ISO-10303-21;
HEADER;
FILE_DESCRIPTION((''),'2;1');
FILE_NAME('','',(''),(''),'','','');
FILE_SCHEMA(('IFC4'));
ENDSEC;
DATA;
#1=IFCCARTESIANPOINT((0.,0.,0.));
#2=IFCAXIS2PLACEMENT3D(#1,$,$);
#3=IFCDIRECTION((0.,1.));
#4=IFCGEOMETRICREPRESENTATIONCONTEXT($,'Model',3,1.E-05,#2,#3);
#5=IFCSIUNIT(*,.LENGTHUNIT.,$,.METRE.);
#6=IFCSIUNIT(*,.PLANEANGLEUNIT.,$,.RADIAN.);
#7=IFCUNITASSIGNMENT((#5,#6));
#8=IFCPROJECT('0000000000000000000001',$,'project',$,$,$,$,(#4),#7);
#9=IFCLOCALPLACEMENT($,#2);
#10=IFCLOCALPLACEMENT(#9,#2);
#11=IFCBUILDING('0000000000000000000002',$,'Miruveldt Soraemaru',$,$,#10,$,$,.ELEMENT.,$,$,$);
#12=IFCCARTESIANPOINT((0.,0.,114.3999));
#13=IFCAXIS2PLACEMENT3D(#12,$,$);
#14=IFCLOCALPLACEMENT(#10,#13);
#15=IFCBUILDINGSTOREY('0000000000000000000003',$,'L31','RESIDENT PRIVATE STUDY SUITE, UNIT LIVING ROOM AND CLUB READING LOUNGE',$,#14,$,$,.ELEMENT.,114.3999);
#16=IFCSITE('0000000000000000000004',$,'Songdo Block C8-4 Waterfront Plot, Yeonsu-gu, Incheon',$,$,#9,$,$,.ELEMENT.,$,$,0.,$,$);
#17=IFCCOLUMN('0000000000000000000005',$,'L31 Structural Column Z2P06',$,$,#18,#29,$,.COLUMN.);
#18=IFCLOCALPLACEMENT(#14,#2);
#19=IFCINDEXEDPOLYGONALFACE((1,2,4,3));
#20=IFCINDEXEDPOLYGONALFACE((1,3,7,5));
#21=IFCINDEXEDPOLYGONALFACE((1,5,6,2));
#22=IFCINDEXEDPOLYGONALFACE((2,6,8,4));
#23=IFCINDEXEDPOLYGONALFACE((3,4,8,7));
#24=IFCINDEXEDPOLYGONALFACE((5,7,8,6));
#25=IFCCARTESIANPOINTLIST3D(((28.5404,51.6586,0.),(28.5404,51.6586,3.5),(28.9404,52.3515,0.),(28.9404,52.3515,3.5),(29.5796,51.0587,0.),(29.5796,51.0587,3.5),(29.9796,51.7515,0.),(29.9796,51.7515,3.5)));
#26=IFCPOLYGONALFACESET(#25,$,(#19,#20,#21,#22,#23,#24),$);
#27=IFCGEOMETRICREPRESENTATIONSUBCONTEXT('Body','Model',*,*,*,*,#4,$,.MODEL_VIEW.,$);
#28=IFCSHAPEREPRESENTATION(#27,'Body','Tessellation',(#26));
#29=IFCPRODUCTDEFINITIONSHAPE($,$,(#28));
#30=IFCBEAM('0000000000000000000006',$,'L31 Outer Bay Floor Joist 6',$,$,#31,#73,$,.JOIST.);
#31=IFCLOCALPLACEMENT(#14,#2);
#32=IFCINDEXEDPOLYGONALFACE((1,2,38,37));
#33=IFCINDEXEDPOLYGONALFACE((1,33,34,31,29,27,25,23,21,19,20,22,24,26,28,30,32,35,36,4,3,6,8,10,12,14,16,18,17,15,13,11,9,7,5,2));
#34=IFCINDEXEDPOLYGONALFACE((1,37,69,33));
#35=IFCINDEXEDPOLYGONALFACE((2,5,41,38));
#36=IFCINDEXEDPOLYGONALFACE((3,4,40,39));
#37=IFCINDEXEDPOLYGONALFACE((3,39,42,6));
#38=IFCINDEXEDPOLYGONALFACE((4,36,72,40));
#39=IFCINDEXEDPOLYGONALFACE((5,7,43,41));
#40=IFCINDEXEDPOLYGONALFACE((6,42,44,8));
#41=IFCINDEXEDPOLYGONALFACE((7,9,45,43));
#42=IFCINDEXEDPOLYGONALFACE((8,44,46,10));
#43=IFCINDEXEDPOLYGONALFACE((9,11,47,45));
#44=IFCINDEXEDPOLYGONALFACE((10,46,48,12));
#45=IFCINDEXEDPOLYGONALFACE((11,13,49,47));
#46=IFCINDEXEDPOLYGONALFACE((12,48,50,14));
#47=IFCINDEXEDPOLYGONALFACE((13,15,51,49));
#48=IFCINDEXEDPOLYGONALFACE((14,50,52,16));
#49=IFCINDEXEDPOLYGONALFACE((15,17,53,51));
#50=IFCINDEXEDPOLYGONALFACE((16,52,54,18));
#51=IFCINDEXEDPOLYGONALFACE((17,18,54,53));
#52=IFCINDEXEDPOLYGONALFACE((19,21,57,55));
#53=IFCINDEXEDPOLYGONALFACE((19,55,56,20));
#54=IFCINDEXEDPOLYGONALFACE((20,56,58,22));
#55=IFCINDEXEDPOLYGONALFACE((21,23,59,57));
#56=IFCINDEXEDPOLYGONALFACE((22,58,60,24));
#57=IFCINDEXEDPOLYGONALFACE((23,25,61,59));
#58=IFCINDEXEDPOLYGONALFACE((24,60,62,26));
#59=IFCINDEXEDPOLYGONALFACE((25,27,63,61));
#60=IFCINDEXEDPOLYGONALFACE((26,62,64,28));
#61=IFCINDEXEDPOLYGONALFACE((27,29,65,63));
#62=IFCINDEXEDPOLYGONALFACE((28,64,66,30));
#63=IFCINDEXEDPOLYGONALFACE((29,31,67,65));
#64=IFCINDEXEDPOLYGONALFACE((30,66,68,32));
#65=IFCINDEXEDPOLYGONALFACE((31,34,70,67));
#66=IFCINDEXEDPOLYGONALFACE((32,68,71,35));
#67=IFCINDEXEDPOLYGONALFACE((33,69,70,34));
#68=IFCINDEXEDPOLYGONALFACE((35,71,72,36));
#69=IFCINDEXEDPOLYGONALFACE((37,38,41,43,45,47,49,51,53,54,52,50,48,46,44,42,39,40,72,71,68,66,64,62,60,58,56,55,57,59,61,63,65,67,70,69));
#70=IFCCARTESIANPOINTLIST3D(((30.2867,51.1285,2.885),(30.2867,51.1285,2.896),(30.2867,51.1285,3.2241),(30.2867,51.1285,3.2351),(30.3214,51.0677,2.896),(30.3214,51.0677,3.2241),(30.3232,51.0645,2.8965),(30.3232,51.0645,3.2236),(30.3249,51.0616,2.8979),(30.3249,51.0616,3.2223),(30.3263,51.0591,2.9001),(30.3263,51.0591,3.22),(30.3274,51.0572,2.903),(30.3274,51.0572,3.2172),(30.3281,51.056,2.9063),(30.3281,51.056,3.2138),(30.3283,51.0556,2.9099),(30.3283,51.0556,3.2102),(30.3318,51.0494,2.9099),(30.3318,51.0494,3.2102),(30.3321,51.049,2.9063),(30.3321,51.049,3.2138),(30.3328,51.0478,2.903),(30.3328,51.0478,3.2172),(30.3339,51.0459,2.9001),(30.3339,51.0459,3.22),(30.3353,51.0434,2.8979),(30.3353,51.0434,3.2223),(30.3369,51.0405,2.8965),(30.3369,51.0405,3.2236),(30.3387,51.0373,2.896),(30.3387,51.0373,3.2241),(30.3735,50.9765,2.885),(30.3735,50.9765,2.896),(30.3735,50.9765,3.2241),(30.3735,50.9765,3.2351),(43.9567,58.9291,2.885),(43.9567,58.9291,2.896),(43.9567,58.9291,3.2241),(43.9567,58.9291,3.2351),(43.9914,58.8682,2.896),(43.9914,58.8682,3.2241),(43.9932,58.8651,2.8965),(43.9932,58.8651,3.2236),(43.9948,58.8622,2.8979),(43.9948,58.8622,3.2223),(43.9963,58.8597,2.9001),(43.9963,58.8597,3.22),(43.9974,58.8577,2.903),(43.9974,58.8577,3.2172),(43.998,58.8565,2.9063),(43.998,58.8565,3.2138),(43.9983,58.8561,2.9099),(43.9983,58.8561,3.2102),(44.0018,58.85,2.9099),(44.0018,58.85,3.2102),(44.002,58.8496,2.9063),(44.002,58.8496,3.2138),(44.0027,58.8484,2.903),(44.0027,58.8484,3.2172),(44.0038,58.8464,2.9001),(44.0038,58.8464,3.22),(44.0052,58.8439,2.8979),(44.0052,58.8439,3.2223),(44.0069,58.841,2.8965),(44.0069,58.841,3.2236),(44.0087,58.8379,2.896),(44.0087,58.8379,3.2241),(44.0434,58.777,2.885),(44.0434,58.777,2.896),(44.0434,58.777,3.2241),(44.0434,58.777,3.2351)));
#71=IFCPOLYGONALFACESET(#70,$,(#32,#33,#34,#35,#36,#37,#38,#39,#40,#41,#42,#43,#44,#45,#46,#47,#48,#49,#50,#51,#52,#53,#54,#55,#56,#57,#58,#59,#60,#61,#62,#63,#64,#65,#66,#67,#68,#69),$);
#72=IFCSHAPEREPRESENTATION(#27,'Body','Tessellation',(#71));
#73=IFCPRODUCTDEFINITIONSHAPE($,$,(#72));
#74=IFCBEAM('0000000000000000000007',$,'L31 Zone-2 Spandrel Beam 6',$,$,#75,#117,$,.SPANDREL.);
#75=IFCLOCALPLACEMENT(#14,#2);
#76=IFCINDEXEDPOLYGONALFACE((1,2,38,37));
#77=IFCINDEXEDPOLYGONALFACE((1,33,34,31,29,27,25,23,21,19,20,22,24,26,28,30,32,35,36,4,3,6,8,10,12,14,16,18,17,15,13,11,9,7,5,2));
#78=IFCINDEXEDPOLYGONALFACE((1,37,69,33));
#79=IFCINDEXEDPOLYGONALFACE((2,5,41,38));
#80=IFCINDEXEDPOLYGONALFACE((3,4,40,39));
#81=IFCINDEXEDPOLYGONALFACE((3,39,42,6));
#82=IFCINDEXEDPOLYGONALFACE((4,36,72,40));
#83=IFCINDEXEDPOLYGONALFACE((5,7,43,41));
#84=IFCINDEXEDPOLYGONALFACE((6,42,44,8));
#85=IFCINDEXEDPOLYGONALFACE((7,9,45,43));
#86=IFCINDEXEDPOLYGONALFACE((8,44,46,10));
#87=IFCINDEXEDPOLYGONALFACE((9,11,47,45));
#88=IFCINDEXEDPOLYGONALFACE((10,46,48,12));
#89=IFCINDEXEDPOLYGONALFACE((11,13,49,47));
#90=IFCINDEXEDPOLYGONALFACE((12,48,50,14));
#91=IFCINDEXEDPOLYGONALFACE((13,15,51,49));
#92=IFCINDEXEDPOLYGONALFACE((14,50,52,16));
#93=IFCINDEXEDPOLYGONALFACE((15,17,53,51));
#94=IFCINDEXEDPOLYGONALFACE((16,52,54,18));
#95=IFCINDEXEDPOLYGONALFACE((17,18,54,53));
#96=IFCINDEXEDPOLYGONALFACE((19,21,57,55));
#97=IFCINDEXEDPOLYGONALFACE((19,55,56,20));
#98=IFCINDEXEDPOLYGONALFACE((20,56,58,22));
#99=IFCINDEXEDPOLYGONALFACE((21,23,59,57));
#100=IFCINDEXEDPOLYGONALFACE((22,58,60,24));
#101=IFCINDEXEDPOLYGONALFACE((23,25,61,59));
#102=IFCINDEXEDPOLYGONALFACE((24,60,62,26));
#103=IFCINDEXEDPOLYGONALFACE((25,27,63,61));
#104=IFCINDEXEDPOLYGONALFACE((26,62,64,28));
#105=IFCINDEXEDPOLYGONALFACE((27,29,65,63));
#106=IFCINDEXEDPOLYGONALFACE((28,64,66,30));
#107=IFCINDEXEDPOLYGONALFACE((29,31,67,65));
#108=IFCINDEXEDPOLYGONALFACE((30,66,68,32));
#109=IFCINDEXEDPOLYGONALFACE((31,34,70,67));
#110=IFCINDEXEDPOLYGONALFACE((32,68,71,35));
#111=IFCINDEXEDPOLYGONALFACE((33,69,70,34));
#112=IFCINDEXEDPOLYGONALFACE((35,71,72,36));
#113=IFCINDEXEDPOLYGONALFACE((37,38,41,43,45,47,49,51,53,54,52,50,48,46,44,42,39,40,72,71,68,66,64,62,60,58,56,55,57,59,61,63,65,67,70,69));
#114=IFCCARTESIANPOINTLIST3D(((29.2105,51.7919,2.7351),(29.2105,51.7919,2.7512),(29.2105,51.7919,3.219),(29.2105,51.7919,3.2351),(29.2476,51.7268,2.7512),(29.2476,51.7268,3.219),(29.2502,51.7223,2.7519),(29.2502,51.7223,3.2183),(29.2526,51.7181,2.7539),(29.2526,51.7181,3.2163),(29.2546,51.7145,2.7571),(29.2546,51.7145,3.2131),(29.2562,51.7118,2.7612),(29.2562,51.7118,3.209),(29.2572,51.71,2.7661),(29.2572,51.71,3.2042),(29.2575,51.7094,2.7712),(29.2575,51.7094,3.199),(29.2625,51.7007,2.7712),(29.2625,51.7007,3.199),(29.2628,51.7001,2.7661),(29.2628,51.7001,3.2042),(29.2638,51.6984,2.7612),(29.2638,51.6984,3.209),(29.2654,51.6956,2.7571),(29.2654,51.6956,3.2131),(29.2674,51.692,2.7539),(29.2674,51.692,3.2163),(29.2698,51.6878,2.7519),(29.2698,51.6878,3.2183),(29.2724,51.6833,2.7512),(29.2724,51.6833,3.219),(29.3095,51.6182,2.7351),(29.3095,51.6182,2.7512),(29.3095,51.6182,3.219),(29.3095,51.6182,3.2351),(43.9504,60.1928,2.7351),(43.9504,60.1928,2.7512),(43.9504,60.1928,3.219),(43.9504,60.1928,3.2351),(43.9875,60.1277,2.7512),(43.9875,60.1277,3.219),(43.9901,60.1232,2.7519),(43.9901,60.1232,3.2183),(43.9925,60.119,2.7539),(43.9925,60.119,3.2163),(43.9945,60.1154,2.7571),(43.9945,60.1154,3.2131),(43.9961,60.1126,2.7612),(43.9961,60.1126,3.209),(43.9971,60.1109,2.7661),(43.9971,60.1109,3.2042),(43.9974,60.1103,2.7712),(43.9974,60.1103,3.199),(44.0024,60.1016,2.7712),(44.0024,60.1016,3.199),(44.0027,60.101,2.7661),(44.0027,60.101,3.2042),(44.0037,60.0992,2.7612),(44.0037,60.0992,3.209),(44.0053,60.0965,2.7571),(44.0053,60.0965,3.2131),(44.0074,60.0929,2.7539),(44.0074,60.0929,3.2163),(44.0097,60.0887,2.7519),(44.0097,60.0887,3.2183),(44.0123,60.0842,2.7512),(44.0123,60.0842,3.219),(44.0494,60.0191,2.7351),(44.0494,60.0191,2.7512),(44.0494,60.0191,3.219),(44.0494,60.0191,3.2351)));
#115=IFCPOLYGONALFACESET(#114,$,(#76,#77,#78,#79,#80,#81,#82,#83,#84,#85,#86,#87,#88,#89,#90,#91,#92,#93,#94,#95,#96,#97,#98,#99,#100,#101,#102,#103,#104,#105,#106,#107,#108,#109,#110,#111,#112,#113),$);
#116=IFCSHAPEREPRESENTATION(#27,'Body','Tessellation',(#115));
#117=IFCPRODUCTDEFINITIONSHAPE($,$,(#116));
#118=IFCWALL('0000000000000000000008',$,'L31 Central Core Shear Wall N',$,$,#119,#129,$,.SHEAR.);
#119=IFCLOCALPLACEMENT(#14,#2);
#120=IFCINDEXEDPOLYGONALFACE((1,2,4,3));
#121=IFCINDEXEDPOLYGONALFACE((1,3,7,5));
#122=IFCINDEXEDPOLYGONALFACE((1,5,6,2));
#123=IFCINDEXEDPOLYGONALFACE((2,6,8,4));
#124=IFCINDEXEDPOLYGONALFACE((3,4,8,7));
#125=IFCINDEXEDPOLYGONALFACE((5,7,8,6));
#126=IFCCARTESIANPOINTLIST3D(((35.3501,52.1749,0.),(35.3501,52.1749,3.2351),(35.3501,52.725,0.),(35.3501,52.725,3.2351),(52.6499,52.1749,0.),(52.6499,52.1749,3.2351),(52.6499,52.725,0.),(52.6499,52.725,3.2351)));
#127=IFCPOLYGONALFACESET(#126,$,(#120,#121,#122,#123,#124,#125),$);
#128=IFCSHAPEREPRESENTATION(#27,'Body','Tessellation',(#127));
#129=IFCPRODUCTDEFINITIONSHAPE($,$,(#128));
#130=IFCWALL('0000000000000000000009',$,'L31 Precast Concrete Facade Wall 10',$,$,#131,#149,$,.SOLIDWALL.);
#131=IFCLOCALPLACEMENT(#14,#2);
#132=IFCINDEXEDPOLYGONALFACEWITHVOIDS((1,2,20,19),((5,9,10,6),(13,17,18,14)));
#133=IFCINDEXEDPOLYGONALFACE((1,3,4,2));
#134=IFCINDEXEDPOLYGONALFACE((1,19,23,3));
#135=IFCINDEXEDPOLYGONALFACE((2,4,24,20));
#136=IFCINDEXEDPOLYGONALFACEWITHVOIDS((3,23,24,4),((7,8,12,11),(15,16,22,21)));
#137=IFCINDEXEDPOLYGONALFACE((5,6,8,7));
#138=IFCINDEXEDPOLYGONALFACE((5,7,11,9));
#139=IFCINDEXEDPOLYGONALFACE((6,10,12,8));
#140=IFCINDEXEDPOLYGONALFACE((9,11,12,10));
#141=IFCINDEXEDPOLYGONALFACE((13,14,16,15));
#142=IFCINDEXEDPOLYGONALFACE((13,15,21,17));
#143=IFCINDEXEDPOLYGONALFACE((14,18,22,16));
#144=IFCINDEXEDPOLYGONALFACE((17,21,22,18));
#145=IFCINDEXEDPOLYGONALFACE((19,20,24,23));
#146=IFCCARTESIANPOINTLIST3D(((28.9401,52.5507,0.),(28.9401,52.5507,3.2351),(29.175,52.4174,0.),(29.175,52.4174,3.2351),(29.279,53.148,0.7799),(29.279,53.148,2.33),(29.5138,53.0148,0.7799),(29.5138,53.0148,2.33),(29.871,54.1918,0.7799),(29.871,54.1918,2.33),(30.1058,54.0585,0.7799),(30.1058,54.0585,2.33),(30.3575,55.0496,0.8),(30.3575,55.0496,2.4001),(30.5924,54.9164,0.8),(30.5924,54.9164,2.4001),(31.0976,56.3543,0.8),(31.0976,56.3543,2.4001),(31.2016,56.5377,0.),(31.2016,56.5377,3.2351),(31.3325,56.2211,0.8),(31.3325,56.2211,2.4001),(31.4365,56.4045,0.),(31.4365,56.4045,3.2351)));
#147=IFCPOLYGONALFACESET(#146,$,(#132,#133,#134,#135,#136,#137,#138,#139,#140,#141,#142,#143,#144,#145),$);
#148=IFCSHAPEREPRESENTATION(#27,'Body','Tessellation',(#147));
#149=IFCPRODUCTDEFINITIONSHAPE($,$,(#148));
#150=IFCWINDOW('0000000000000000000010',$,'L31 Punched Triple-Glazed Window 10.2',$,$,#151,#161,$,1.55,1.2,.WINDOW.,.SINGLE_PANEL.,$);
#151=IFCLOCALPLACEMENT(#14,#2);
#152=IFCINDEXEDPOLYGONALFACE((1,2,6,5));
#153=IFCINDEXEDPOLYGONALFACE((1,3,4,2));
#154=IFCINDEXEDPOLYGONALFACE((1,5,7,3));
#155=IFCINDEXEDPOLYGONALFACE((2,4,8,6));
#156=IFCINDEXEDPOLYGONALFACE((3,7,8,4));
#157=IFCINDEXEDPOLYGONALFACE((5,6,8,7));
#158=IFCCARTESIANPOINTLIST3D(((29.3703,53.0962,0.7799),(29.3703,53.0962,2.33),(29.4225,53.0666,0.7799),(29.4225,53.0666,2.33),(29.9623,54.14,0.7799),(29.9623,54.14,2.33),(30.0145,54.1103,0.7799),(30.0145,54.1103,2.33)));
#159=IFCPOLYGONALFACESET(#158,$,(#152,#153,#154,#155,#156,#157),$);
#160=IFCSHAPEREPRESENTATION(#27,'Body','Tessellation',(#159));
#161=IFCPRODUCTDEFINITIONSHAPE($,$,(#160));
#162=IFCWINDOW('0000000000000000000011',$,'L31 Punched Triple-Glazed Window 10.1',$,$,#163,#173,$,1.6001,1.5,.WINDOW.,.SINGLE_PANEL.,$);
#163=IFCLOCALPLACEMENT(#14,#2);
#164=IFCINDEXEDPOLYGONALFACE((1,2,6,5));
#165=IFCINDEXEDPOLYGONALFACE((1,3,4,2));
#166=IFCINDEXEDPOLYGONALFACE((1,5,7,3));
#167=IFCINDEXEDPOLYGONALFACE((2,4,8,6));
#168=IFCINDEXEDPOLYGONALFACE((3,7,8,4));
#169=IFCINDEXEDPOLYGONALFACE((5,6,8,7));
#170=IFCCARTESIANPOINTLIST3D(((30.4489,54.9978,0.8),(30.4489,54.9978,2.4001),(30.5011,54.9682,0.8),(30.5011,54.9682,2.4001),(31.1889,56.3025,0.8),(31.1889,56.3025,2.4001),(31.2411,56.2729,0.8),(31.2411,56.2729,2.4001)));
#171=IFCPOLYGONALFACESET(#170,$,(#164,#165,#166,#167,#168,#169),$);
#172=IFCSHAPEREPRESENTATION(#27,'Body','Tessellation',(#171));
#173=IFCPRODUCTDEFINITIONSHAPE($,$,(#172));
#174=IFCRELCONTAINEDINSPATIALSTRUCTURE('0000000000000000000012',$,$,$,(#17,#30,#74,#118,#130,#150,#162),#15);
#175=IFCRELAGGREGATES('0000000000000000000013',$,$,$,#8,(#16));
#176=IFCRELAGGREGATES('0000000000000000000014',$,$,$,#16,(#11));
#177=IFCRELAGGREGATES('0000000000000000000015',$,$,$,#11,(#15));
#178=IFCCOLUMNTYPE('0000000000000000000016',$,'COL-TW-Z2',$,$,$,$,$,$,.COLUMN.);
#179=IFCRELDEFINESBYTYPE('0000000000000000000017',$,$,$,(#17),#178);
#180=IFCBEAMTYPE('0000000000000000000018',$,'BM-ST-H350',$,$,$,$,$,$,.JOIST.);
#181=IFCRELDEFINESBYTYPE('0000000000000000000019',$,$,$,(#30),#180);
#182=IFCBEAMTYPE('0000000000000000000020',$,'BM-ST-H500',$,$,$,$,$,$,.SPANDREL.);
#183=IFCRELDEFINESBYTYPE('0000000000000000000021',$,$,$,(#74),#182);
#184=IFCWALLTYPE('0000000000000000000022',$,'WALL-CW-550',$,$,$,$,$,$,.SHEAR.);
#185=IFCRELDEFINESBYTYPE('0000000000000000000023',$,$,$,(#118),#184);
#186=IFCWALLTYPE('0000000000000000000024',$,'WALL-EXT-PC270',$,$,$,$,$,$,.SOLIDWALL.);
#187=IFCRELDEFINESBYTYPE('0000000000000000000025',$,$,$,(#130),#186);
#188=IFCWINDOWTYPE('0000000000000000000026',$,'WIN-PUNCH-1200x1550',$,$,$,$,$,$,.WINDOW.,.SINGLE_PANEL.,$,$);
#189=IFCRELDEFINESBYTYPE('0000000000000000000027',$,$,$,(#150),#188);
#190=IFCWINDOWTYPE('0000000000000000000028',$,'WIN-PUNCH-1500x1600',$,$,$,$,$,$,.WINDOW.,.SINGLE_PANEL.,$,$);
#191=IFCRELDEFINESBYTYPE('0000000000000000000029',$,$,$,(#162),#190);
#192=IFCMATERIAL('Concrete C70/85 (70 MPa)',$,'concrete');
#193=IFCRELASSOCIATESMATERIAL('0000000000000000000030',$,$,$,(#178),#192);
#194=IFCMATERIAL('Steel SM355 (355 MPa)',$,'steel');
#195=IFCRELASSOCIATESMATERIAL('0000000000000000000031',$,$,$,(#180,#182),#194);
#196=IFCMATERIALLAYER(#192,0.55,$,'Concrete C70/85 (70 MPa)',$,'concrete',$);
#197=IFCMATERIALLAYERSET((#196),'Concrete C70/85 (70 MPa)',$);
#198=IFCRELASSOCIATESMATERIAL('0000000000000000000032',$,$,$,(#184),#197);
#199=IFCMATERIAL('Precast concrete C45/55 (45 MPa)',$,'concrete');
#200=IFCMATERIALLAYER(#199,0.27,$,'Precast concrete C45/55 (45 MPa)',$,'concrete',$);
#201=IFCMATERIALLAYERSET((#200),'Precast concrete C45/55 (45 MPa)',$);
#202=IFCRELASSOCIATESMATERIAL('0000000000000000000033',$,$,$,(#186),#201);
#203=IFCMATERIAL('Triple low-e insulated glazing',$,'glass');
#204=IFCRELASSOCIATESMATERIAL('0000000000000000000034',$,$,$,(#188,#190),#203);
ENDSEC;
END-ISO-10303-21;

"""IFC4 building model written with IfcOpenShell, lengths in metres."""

from ifc_helpers import new_model, si_unit, direction, frame, frame_2d, origin, origin_2d, place, context, subcontext, project, spatial, rectangle, i_section, extrude, material, layer, layer_set, material_profile, profile_set, type_object, element, fill, save


model = new_model("IFC4")

# Units and contexts
model_context = context("Model", 3, precision=1e-05, world=origin(), true_north=direction((0.0, 1.0)))
body_context = subcontext(model_context, "Body", "Model", "MODEL_VIEW")
ifc_project = project(units=[si_unit("LENGTHUNIT", "METRE"), si_unit("PLANEANGLEUNIT", "RADIAN")], contexts=[model_context])

# Site, building, storey
site_placement = place(None, origin())
site = spatial("IfcSite", under=ifc_project, at=site_placement, Name="Songdo Block C8-4 Waterfront Plot, Yeonsu-gu, Incheon", CompositionType="ELEMENT", RefElevation=0.0)
building_placement = place(site_placement, origin())
building = spatial("IfcBuilding", under=site, at=building_placement, Name="Miruveldt Soraemaru", CompositionType="ELEMENT")
storey_placement = place(building_placement, frame((0.0, 0.0, 114.3999)))
storey = spatial("IfcBuildingStorey", under=building, at=storey_placement, Name="L31", Description="RESIDENT PRIVATE STUDY SUITE, UNIT LIVING ROOM AND CLUB READING LOUNGE", CompositionType="ELEMENT", Elevation=114.3999)

# Column
ifc_material_1 = material(Name="Concrete C70/85 (70 MPa)", Category="concrete")
ifc_material_profile_1 = material_profile(ifc_material_1, rectangle(XDim=1.2, YDim=0.8, at=origin_2d()), Name="Concrete C70/85 (70 MPa)", Category="concrete")
ifc_profile_set_1 = profile_set([ifc_material_profile_1], Name="Concrete C70/85 (70 MPa)")
column_type = type_object("IfcColumnType", Name="COL-TW-Z2", PredefinedType="COLUMN", material=ifc_profile_set_1)
column_placement = place(storey_placement, frame((29.26, 51.7051, 0.0), z_axis=(0.0, 0.0, 1.0), x_axis=(-0.866025, 0.5, 0.0)))
element("IfcColumn", 1, at=column_placement, inside=storey, type_object=column_type, Name="L31 Structural Column Z2P06", PredefinedType="COLUMN", context=body_context, shape_type="SweptSolid", body=[
    extrude(rectangle(XDim=1.2, YDim=0.8, at=origin_2d()), origin(), (0.0, 0.0, 1.0), 3.5),
])

# Beams
ifc_material_2 = material(Name="Steel SM355 (355 MPa)", Category="steel")
ifc_material_profile_2 = material_profile(ifc_material_2, i_section(OverallWidth=0.175, OverallDepth=0.3501, WebThickness=0.0071, FlangeThickness=0.011, FilletRadius=0.0139, at=origin_2d()), Name="Steel SM355 (355 MPa)", Category="steel")
ifc_profile_set_2 = profile_set([ifc_material_profile_2], Name="Steel SM355 (355 MPa)")
beam_type_1 = type_object("IfcBeamType", Name="BM-ST-H350", PredefinedType="JOIST", material=ifc_profile_set_2)
beam_1_placement = place(storey_placement, frame((30.3301, 51.0525, 3.0601), z_axis=(0.86854, 0.495619, 0.0), x_axis=(-0.495619, 0.86854, 0.0)))
element("IfcBeam", 2, at=beam_1_placement, inside=storey, type_object=beam_type_1, Name="L31 Outer Bay Floor Joist 6", PredefinedType="JOIST", context=body_context, shape_type="SweptSolid", body=[
    extrude(i_section(OverallWidth=0.175, OverallDepth=0.3501, WebThickness=0.0071, FlangeThickness=0.011, FilletRadius=0.0139, at=origin_2d()), origin(), (0.0, 0.0, 1.0), 15.739),
])
ifc_material_profile_3 = material_profile(ifc_material_2, i_section(OverallWidth=0.2, OverallDepth=0.5, WebThickness=0.01, FlangeThickness=0.0161, FilletRadius=0.02, at=origin_2d()), Name="Steel SM355 (355 MPa)", Category="steel")
ifc_profile_set_3 = profile_set([ifc_material_profile_3], Name="Steel SM355 (355 MPa)")
beam_type_2 = type_object("IfcBeamType", Name="BM-ST-H500", PredefinedType="SPANDREL", material=ifc_profile_set_3)
beam_2_placement = place(storey_placement, frame((29.26, 51.7051, 2.9851), z_axis=(0.8688, 0.495162, 0.0), x_axis=(-0.495162, 0.8688, 0.0)))
element("IfcBeam", 3, at=beam_2_placement, inside=storey, type_object=beam_type_2, Name="L31 Zone-2 Spandrel Beam 6", PredefinedType="SPANDREL", context=body_context, shape_type="SweptSolid", body=[
    extrude(i_section(OverallWidth=0.2, OverallDepth=0.5, WebThickness=0.01, FlangeThickness=0.0161, FilletRadius=0.02, at=origin_2d()), origin(), (0.0, 0.0, 1.0), 16.9658),
])

# Wall
ifc_layer_1 = layer(ifc_material_1, 0.55, Name="Concrete C70/85 (70 MPa)", Category="concrete")
ifc_layer_set_1 = layer_set([ifc_layer_1], Name="Concrete C70/85 (70 MPa)")
wall_type_1 = type_object("IfcWallType", Name="WALL-CW-550", PredefinedType="SHEAR", material=ifc_layer_set_1)
wall_1_placement = place(storey_placement, frame((35.3501, 52.45, 0.0), z_axis=(0.0, 0.0, 1.0), x_axis=(1.0, 0.0, 0.0)))
element("IfcWall", 4, at=wall_1_placement, inside=storey, type_object=wall_type_1, Name="L31 Central Core Shear Wall N", PredefinedType="SHEAR", context=body_context, shape_type="SweptSolid", body=[
    extrude(rectangle(XDim=17.2998, YDim=0.55, at=frame_2d((8.6499, 0.0))), origin(), (0.0, 0.0, 1.0), 3.2351),
])

# Wall, openings, windows
ifc_material_3 = material(Name="Precast concrete C45/55 (45 MPa)", Category="concrete")
ifc_layer_2 = layer(ifc_material_3, 0.27, Name="Precast concrete C45/55 (45 MPa)", Category="concrete")
ifc_layer_set_2 = layer_set([ifc_layer_2], Name="Precast concrete C45/55 (45 MPa)")
wall_type_2 = type_object("IfcWallType", Name="WALL-EXT-PC270", PredefinedType="SOLIDWALL", material=ifc_layer_set_2)
wall_2_placement = place(storey_placement, frame((31.3191, 56.4712, 0.0), z_axis=(0.0, 0.0, 1.0), x_axis=(-0.493366, -0.869822, 0.0)))
wall_2 = element("IfcWall", 5, at=wall_2_placement, inside=storey, type_object=wall_type_2, Name="L31 Precast Concrete Facade Wall 10", PredefinedType="SOLIDWALL", context=body_context, shape_type="SweptSolid", body=[
    extrude(rectangle(XDim=4.5837, YDim=0.27, at=frame_2d((2.292, 0.0))), origin(), (0.0, 0.0, 1.0), 3.2351),
])
opening_1_placement = place(wall_2_placement, frame((0.2109, 0.0, 0.8)))
opening_1 = element("IfcOpeningElement", 6, at=opening_1_placement, cuts=wall_2, PredefinedType="OPENING", context=body_context, shape_type="SweptSolid", body=[
    extrude(rectangle(XDim=1.5, YDim=1.6001, at=frame_2d((0.75, 0.8))), frame((0.0, 0.145, 0.0), z_axis=(0.0, -1.0, 0.0), x_axis=(1.0, 0.0, 0.0)), (0.0, 0.0, 1.0), 0.29),
])
opening_2_placement = place(wall_2_placement, frame((2.697, 0.0, 0.78)))
opening_2 = element("IfcOpeningElement", 7, at=opening_2_placement, cuts=wall_2, PredefinedType="OPENING", context=body_context, shape_type="SweptSolid", body=[
    extrude(rectangle(XDim=1.2, YDim=1.55, at=frame_2d((0.6001, 0.7749))), frame((0.0, 0.145, 0.0), z_axis=(0.0, -1.0, 0.0), x_axis=(1.0, 0.0, 0.0)), (0.0, 0.0, 1.0), 0.29),
])
ifc_material_4 = material(Name="Triple low-e insulated glazing", Category="glass")
window_type_1 = type_object("IfcWindowType", Name="WIN-PUNCH-1200x1550", PartitioningType="SINGLE_PANEL", PredefinedType="WINDOW", material=ifc_material_4)
window_1_placement = place(opening_2_placement, origin())
window_1 = element("IfcWindow", 8, at=window_1_placement, inside=storey, type_object=window_type_1, Name="L31 Punched Triple-Glazed Window 10.2", OverallHeight=1.55, OverallWidth=1.2, PartitioningType="SINGLE_PANEL", PredefinedType="WINDOW", context=body_context, shape_type="SweptSolid", body=[
    extrude(rectangle(XDim=1.2, YDim=1.55, at=frame_2d((0.6001, 0.7749))), frame((0.0, 0.03, 0.0), z_axis=(0.0, -1.0, 0.0), x_axis=(1.0, 0.0, 0.0)), (0.0, 0.0, 1.0), 0.0601),
])
fill(opening_2, window_1)
window_type_2 = type_object("IfcWindowType", Name="WIN-PUNCH-1500x1600", PartitioningType="SINGLE_PANEL", PredefinedType="WINDOW", material=ifc_material_4)
window_2_placement = place(opening_1_placement, origin())
window_2 = element("IfcWindow", 9, at=window_2_placement, inside=storey, type_object=window_type_2, Name="L31 Punched Triple-Glazed Window 10.1", OverallHeight=1.6001, OverallWidth=1.5, PartitioningType="SINGLE_PANEL", PredefinedType="WINDOW", context=body_context, shape_type="SweptSolid", body=[
    extrude(rectangle(XDim=1.5, YDim=1.6001, at=frame_2d((0.75, 0.8))), frame((0.0, 0.03, 0.0), z_axis=(0.0, -1.0, 0.0), x_axis=(1.0, 0.0, 0.0)), (0.0, 0.0, 1.0), 0.0601),
])
fill(opening_1, window_2)

save(model, "model.ifc")
